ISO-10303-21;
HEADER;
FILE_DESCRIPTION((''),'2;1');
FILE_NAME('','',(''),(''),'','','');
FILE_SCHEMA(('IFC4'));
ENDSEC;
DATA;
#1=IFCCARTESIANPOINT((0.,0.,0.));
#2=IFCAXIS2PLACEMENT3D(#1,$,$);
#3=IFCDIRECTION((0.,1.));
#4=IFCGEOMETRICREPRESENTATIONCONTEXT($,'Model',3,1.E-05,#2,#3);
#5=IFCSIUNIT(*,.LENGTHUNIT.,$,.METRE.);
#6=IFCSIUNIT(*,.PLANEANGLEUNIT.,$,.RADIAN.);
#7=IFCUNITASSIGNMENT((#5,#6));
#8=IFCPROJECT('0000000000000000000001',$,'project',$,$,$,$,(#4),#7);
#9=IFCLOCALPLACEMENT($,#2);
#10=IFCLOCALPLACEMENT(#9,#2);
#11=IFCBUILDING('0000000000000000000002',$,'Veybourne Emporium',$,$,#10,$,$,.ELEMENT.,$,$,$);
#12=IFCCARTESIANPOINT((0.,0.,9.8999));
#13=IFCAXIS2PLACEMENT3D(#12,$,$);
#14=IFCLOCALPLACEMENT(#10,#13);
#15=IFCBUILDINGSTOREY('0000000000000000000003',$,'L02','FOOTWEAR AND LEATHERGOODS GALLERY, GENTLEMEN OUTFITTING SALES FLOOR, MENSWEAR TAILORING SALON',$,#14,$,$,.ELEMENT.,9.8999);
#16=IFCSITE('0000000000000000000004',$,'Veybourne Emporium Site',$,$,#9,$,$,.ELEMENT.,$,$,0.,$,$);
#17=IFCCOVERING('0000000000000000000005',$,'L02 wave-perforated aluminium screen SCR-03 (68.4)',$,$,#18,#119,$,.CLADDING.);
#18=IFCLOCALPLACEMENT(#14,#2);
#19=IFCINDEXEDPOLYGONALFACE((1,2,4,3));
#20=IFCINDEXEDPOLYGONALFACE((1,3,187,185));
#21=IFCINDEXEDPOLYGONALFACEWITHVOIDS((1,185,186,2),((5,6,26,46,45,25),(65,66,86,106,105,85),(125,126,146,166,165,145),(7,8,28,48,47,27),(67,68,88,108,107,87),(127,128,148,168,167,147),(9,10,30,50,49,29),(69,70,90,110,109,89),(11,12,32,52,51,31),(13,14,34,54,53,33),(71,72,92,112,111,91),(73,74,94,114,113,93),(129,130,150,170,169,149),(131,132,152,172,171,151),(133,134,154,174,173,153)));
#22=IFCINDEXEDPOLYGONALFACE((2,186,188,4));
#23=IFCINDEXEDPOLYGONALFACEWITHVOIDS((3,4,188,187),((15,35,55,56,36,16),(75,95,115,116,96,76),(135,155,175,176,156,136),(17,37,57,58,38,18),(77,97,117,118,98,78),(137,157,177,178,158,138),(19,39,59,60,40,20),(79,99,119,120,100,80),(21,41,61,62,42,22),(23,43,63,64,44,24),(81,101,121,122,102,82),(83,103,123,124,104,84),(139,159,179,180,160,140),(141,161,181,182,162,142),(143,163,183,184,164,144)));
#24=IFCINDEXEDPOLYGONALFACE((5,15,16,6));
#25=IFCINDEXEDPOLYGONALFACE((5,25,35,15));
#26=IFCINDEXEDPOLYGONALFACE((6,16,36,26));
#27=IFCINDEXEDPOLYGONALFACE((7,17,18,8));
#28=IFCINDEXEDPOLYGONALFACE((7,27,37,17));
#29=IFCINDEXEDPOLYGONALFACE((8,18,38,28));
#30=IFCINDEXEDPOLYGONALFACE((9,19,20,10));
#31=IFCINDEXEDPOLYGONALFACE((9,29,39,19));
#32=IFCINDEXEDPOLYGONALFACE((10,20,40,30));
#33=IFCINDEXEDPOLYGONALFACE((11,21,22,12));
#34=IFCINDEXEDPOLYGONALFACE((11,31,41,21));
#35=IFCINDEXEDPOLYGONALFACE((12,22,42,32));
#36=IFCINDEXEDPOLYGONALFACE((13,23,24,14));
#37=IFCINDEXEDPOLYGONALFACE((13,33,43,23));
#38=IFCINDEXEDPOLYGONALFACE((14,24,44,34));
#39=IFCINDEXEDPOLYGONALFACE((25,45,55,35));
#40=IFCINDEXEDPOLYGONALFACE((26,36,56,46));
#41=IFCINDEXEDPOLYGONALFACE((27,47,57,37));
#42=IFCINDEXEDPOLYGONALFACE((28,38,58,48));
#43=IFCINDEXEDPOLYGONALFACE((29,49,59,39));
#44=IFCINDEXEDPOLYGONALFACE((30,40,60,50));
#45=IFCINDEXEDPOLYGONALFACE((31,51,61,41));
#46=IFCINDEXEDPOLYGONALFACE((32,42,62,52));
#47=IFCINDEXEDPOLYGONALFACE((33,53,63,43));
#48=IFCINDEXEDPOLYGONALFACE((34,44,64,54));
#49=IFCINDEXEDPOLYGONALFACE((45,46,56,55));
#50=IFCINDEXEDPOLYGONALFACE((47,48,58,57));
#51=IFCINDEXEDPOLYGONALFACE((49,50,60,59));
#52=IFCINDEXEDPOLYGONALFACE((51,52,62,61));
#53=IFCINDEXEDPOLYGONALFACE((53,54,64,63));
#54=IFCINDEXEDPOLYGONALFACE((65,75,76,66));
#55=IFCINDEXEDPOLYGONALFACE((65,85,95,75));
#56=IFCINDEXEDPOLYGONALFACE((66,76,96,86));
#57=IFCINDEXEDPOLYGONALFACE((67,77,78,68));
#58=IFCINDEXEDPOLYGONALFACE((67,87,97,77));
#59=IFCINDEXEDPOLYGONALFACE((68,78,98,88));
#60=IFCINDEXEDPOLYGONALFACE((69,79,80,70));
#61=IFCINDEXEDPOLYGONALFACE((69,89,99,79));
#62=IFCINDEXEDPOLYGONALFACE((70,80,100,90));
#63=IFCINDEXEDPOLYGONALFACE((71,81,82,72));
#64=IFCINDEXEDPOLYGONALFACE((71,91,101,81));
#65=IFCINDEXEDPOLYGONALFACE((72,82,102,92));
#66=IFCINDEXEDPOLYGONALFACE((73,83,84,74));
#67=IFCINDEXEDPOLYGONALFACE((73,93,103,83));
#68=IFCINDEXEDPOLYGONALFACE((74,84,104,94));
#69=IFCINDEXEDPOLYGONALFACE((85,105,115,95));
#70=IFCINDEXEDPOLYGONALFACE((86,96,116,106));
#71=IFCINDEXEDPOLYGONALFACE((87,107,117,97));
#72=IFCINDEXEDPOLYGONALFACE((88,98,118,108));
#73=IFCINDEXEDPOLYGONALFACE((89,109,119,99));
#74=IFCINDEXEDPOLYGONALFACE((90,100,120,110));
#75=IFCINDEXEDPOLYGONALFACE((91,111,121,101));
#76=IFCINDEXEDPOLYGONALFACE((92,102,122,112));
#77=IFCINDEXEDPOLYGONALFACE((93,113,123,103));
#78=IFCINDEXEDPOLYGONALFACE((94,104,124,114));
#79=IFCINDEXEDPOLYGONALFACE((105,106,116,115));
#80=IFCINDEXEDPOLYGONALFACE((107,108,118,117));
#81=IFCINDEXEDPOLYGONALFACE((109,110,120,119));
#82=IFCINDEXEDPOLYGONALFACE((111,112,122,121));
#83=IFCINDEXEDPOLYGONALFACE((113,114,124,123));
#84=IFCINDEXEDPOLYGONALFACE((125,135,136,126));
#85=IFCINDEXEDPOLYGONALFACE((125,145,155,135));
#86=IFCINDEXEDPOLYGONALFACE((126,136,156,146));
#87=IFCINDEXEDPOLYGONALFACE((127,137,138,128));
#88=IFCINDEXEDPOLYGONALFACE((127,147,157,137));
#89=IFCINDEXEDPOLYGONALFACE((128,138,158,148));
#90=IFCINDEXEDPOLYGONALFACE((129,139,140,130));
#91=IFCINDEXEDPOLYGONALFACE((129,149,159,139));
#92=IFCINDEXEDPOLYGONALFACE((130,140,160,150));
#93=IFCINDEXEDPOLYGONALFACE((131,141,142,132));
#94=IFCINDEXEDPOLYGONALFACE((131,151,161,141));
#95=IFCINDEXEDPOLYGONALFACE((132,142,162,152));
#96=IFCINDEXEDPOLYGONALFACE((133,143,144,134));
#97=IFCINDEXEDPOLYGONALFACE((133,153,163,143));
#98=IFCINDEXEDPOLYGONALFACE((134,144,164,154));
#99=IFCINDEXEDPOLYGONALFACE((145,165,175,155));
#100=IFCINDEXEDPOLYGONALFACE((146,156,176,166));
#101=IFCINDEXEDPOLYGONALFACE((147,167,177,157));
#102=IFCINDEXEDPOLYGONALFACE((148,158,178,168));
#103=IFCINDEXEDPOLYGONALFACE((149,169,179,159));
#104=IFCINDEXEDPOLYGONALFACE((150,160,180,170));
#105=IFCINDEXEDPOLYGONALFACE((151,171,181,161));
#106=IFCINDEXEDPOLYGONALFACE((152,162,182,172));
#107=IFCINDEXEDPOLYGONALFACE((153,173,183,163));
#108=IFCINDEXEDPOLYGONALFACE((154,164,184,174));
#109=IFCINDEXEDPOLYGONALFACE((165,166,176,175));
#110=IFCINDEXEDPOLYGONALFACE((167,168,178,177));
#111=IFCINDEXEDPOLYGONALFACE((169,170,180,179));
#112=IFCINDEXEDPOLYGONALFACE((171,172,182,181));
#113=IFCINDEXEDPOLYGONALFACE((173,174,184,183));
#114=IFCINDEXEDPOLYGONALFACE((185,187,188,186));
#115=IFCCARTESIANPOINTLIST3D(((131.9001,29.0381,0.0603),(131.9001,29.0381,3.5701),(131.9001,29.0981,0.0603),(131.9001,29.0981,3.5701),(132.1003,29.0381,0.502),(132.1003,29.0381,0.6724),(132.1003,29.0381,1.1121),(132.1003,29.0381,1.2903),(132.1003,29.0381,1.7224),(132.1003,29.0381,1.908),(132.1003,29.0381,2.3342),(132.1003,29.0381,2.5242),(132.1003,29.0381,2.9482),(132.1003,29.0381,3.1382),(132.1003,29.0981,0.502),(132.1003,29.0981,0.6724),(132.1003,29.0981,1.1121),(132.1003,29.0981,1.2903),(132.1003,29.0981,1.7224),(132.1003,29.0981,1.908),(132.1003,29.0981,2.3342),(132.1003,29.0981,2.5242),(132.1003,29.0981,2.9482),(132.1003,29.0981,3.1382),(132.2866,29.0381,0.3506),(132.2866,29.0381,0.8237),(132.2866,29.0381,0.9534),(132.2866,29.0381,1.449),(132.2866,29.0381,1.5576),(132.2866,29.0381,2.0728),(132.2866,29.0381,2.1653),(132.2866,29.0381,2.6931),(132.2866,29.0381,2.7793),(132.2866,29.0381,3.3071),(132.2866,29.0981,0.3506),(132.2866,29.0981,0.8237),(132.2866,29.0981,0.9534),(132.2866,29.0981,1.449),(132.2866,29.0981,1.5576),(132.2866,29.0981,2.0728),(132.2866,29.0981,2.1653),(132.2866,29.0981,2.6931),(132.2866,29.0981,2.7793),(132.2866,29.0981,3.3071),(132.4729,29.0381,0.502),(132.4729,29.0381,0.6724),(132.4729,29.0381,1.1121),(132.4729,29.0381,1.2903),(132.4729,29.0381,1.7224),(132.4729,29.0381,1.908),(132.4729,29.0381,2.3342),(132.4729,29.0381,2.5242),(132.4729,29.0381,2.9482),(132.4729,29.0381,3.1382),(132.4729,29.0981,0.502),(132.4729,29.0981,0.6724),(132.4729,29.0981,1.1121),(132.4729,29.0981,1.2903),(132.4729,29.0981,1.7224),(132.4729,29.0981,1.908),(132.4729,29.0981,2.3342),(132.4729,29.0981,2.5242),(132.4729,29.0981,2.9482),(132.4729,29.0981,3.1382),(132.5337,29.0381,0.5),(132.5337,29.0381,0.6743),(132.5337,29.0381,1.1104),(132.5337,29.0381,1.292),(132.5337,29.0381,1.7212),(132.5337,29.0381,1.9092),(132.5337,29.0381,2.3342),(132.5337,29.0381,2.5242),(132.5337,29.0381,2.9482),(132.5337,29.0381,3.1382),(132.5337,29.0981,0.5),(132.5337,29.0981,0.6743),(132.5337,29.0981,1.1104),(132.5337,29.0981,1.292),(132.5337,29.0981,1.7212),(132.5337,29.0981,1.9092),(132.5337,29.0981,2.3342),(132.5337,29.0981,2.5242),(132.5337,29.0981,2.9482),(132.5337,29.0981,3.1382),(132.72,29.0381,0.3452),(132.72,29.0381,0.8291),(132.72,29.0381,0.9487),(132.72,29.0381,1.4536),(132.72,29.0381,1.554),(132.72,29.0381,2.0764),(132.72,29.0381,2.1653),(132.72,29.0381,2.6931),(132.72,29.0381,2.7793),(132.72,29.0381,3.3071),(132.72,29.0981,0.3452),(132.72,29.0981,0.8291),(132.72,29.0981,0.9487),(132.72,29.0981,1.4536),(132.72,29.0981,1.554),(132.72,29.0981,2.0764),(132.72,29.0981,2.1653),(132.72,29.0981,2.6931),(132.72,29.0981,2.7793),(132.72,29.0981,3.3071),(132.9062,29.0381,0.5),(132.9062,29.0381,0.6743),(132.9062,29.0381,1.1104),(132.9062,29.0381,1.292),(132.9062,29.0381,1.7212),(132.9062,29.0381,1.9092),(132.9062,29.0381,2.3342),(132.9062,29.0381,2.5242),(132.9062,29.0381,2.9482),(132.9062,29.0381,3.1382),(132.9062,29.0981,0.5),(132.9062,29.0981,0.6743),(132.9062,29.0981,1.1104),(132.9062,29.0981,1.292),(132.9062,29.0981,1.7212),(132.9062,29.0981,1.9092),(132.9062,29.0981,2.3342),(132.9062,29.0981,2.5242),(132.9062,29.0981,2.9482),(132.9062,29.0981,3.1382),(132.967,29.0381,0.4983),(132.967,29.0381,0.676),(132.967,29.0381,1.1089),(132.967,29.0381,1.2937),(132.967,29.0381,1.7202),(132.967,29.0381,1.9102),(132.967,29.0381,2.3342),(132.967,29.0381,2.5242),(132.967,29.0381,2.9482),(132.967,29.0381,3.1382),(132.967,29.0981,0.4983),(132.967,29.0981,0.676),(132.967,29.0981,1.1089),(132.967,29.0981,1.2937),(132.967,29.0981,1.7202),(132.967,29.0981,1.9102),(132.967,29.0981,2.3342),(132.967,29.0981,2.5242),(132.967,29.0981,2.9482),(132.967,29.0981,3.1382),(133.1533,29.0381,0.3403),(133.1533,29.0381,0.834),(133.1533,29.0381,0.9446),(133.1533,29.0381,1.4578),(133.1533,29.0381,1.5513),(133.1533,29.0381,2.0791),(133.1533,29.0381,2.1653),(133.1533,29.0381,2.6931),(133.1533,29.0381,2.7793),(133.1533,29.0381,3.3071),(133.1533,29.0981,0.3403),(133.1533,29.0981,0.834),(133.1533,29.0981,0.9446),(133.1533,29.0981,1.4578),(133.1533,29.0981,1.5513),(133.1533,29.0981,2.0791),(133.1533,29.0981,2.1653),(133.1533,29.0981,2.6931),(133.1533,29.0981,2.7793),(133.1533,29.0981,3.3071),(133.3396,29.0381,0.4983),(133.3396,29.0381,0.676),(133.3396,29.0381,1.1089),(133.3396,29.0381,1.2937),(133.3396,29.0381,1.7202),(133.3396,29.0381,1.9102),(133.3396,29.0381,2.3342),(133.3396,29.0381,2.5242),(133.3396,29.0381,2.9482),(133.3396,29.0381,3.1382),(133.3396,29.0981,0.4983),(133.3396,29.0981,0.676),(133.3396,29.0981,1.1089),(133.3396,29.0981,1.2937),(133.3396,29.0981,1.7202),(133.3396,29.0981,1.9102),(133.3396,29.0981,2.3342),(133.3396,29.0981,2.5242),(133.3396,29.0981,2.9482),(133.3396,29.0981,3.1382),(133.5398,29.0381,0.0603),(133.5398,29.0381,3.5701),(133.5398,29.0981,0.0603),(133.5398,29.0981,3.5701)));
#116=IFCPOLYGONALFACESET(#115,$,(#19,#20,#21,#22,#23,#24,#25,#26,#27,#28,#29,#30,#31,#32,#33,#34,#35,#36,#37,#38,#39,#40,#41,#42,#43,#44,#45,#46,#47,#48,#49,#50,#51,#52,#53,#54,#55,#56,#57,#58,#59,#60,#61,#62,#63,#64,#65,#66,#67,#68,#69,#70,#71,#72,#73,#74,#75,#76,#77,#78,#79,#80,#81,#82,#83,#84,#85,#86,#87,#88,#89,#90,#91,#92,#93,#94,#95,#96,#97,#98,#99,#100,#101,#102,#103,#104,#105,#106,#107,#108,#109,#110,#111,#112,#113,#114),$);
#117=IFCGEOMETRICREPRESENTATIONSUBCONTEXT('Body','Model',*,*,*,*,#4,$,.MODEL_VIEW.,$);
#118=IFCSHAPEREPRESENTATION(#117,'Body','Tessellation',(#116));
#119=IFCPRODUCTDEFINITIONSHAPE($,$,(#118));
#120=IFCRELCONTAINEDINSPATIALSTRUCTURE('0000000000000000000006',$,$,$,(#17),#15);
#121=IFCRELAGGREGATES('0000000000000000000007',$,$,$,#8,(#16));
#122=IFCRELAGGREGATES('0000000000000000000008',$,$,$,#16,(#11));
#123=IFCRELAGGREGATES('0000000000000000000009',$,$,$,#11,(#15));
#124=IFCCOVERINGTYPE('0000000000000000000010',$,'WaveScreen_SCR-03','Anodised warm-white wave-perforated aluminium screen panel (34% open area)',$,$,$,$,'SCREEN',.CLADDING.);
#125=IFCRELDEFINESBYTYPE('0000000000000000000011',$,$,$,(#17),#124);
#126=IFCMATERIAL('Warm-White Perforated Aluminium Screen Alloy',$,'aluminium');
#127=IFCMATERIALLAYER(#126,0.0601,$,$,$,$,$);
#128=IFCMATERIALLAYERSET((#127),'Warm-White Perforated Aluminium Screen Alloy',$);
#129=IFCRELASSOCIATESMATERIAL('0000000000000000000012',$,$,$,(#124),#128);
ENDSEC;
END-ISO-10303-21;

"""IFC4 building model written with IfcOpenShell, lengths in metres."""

from ifc_helpers import new_model, si_unit, direction, frame, origin, place, context, subcontext, project, spatial, polyline, outline, extrude, material, layer, layer_set, type_object, element, save


model = new_model("IFC4")

# Units and contexts
model_context = context("Model", 3, precision=1e-05, world=origin(), true_north=direction((0.0, 1.0)))
body_context = subcontext(model_context, "Body", "Model", "MODEL_VIEW")
ifc_project = project(units=[si_unit("LENGTHUNIT", "METRE"), si_unit("PLANEANGLEUNIT", "RADIAN")], contexts=[model_context])

# Site, building, storey
site_placement = place(None, origin())
site = spatial("IfcSite", under=ifc_project, at=site_placement, Name="Veybourne Emporium Site", CompositionType="ELEMENT", RefElevation=0.0)
building_placement = place(site_placement, origin())
building = spatial("IfcBuilding", under=site, at=building_placement, Name="Veybourne Emporium", CompositionType="ELEMENT")
storey_placement = place(building_placement, frame((0.0, 0.0, 9.8999)))
storey = spatial("IfcBuildingStorey", under=building, at=storey_placement, Name="L02", Description="FOOTWEAR AND LEATHERGOODS GALLERY, GENTLEMEN OUTFITTING SALES FLOOR, MENSWEAR TAILORING SALON", CompositionType="ELEMENT", Elevation=9.8999)

# Covering
ifc_material_1 = material(Name="Warm-White Perforated Aluminium Screen Alloy", Category="aluminium")
ifc_layer_1 = layer(ifc_material_1, 0.0601)
ifc_layer_set_1 = layer_set([ifc_layer_1], Name="Warm-White Perforated Aluminium Screen Alloy")
covering_type_1 = type_object("IfcCoveringType", Name="WaveScreen_SCR-03", Description="Anodised warm-white wave-perforated aluminium screen panel (34% open area)", ElementType="SCREEN", PredefinedType="CLADDING", material=ifc_layer_set_1)
covering_1_placement = place(storey_placement, frame((132.72, 29.0981, 1.8152), z_axis=(0.0, -1.0, 0.0), x_axis=(1.0, 0.0, 0.0)))
element("IfcCovering", 1, at=covering_1_placement, inside=storey, type_object=covering_type_1, Name="L02 wave-perforated aluminium screen SCR-03 (68.4)", PredefinedType="CLADDING", context=body_context, shape_type="SweptSolid", body=[
    extrude(outline(polyline([(-0.8198, -1.7549), (0.8198, -1.7549), (0.8198, 1.7549), (-0.8198, 1.7549), (-0.8198, -1.7549)]), holes=[polyline([(-0.4333, -0.9915), (-0.2471, -1.1428), (-0.2471, -1.3132), (-0.4333, -1.4646), (-0.6196, -1.3132), (-0.6196, -1.1428), (-0.4333, -0.9915)]), polyline([(-0.4333, -0.3662), (-0.2471, -0.5249), (-0.2471, -0.7031), (-0.4333, -0.8618), (-0.6196, -0.7031), (-0.6196, -0.5249), (-0.4333, -0.3662)]), polyline([(-0.4333, 0.2576), (-0.2471, 0.0928), (-0.2471, -0.0928), (-0.4333, -0.2576), (-0.6196, -0.0928), (-0.6196, 0.0928), (-0.4333, 0.2576)]), polyline([(-0.4333, 0.8779), (-0.2471, 0.709), (-0.2471, 0.519), (-0.4333, 0.3501), (-0.6196, 0.519), (-0.6196, 0.709), (-0.4333, 0.8779)]), polyline([(-0.4333, 1.4919), (-0.2471, 1.323), (-0.2471, 1.1331), (-0.4333, 0.9641), (-0.6196, 1.1331), (-0.6196, 1.323), (-0.4333, 1.4919)]), polyline([(0.0, -0.9861), (0.1863, -1.1409), (0.1863, -1.3152), (0.0, -1.47), (-0.1863, -1.3152), (-0.1863, -1.1409), (0.0, -0.9861)]), polyline([(0.0, -0.3616), (0.1863, -0.5232), (0.1863, -0.7048), (0.0, -0.8665), (-0.1863, -0.7048), (-0.1863, -0.5232), (0.0, -0.3616)]), polyline([(0.0, 0.2612), (0.1863, 0.094), (0.1863, -0.094), (0.0, -0.2612), (-0.1863, -0.094), (-0.1863, 0.094), (0.0, 0.2612)]), polyline([(0.0, 0.8779), (0.1863, 0.709), (0.1863, 0.519), (0.0, 0.3501), (-0.1863, 0.519), (-0.1863, 0.709), (0.0, 0.8779)]), polyline([(0.0, 1.4919), (0.1863, 1.323), (0.1863, 1.1331), (0.0, 0.9641), (-0.1863, 1.1331), (-0.1863, 1.323), (0.0, 1.4919)]), polyline([(0.4333, -0.9812), (0.6196, -1.1392), (0.6196, -1.3169), (0.4333, -1.4749), (0.2471, -1.3169), (0.2471, -1.1392), (0.4333, -0.9812)]), polyline([(0.4333, -0.3574), (0.6196, -0.5215), (0.6196, -0.7063), (0.4333, -0.8706), (0.2471, -0.7063), (0.2471, -0.5215), (0.4333, -0.3574)]), polyline([(0.4333, 0.2639), (0.6196, 0.095), (0.6196, -0.095), (0.4333, -0.2639), (0.2471, -0.095), (0.2471, 0.095), (0.4333, 0.2639)]), polyline([(0.4333, 0.8779), (0.6196, 0.709), (0.6196, 0.519), (0.4333, 0.3501), (0.2471, 0.519), (0.2471, 0.709), (0.4333, 0.8779)]), polyline([(0.4333, 1.4919), (0.6196, 1.323), (0.6196, 1.1331), (0.4333, 0.9641), (0.2471, 1.1331), (0.2471, 1.323), (0.4333, 1.4919)])]), origin(), (0.0, 0.0, 1.0), 0.0601),
])

save(model, "model.ifc")
